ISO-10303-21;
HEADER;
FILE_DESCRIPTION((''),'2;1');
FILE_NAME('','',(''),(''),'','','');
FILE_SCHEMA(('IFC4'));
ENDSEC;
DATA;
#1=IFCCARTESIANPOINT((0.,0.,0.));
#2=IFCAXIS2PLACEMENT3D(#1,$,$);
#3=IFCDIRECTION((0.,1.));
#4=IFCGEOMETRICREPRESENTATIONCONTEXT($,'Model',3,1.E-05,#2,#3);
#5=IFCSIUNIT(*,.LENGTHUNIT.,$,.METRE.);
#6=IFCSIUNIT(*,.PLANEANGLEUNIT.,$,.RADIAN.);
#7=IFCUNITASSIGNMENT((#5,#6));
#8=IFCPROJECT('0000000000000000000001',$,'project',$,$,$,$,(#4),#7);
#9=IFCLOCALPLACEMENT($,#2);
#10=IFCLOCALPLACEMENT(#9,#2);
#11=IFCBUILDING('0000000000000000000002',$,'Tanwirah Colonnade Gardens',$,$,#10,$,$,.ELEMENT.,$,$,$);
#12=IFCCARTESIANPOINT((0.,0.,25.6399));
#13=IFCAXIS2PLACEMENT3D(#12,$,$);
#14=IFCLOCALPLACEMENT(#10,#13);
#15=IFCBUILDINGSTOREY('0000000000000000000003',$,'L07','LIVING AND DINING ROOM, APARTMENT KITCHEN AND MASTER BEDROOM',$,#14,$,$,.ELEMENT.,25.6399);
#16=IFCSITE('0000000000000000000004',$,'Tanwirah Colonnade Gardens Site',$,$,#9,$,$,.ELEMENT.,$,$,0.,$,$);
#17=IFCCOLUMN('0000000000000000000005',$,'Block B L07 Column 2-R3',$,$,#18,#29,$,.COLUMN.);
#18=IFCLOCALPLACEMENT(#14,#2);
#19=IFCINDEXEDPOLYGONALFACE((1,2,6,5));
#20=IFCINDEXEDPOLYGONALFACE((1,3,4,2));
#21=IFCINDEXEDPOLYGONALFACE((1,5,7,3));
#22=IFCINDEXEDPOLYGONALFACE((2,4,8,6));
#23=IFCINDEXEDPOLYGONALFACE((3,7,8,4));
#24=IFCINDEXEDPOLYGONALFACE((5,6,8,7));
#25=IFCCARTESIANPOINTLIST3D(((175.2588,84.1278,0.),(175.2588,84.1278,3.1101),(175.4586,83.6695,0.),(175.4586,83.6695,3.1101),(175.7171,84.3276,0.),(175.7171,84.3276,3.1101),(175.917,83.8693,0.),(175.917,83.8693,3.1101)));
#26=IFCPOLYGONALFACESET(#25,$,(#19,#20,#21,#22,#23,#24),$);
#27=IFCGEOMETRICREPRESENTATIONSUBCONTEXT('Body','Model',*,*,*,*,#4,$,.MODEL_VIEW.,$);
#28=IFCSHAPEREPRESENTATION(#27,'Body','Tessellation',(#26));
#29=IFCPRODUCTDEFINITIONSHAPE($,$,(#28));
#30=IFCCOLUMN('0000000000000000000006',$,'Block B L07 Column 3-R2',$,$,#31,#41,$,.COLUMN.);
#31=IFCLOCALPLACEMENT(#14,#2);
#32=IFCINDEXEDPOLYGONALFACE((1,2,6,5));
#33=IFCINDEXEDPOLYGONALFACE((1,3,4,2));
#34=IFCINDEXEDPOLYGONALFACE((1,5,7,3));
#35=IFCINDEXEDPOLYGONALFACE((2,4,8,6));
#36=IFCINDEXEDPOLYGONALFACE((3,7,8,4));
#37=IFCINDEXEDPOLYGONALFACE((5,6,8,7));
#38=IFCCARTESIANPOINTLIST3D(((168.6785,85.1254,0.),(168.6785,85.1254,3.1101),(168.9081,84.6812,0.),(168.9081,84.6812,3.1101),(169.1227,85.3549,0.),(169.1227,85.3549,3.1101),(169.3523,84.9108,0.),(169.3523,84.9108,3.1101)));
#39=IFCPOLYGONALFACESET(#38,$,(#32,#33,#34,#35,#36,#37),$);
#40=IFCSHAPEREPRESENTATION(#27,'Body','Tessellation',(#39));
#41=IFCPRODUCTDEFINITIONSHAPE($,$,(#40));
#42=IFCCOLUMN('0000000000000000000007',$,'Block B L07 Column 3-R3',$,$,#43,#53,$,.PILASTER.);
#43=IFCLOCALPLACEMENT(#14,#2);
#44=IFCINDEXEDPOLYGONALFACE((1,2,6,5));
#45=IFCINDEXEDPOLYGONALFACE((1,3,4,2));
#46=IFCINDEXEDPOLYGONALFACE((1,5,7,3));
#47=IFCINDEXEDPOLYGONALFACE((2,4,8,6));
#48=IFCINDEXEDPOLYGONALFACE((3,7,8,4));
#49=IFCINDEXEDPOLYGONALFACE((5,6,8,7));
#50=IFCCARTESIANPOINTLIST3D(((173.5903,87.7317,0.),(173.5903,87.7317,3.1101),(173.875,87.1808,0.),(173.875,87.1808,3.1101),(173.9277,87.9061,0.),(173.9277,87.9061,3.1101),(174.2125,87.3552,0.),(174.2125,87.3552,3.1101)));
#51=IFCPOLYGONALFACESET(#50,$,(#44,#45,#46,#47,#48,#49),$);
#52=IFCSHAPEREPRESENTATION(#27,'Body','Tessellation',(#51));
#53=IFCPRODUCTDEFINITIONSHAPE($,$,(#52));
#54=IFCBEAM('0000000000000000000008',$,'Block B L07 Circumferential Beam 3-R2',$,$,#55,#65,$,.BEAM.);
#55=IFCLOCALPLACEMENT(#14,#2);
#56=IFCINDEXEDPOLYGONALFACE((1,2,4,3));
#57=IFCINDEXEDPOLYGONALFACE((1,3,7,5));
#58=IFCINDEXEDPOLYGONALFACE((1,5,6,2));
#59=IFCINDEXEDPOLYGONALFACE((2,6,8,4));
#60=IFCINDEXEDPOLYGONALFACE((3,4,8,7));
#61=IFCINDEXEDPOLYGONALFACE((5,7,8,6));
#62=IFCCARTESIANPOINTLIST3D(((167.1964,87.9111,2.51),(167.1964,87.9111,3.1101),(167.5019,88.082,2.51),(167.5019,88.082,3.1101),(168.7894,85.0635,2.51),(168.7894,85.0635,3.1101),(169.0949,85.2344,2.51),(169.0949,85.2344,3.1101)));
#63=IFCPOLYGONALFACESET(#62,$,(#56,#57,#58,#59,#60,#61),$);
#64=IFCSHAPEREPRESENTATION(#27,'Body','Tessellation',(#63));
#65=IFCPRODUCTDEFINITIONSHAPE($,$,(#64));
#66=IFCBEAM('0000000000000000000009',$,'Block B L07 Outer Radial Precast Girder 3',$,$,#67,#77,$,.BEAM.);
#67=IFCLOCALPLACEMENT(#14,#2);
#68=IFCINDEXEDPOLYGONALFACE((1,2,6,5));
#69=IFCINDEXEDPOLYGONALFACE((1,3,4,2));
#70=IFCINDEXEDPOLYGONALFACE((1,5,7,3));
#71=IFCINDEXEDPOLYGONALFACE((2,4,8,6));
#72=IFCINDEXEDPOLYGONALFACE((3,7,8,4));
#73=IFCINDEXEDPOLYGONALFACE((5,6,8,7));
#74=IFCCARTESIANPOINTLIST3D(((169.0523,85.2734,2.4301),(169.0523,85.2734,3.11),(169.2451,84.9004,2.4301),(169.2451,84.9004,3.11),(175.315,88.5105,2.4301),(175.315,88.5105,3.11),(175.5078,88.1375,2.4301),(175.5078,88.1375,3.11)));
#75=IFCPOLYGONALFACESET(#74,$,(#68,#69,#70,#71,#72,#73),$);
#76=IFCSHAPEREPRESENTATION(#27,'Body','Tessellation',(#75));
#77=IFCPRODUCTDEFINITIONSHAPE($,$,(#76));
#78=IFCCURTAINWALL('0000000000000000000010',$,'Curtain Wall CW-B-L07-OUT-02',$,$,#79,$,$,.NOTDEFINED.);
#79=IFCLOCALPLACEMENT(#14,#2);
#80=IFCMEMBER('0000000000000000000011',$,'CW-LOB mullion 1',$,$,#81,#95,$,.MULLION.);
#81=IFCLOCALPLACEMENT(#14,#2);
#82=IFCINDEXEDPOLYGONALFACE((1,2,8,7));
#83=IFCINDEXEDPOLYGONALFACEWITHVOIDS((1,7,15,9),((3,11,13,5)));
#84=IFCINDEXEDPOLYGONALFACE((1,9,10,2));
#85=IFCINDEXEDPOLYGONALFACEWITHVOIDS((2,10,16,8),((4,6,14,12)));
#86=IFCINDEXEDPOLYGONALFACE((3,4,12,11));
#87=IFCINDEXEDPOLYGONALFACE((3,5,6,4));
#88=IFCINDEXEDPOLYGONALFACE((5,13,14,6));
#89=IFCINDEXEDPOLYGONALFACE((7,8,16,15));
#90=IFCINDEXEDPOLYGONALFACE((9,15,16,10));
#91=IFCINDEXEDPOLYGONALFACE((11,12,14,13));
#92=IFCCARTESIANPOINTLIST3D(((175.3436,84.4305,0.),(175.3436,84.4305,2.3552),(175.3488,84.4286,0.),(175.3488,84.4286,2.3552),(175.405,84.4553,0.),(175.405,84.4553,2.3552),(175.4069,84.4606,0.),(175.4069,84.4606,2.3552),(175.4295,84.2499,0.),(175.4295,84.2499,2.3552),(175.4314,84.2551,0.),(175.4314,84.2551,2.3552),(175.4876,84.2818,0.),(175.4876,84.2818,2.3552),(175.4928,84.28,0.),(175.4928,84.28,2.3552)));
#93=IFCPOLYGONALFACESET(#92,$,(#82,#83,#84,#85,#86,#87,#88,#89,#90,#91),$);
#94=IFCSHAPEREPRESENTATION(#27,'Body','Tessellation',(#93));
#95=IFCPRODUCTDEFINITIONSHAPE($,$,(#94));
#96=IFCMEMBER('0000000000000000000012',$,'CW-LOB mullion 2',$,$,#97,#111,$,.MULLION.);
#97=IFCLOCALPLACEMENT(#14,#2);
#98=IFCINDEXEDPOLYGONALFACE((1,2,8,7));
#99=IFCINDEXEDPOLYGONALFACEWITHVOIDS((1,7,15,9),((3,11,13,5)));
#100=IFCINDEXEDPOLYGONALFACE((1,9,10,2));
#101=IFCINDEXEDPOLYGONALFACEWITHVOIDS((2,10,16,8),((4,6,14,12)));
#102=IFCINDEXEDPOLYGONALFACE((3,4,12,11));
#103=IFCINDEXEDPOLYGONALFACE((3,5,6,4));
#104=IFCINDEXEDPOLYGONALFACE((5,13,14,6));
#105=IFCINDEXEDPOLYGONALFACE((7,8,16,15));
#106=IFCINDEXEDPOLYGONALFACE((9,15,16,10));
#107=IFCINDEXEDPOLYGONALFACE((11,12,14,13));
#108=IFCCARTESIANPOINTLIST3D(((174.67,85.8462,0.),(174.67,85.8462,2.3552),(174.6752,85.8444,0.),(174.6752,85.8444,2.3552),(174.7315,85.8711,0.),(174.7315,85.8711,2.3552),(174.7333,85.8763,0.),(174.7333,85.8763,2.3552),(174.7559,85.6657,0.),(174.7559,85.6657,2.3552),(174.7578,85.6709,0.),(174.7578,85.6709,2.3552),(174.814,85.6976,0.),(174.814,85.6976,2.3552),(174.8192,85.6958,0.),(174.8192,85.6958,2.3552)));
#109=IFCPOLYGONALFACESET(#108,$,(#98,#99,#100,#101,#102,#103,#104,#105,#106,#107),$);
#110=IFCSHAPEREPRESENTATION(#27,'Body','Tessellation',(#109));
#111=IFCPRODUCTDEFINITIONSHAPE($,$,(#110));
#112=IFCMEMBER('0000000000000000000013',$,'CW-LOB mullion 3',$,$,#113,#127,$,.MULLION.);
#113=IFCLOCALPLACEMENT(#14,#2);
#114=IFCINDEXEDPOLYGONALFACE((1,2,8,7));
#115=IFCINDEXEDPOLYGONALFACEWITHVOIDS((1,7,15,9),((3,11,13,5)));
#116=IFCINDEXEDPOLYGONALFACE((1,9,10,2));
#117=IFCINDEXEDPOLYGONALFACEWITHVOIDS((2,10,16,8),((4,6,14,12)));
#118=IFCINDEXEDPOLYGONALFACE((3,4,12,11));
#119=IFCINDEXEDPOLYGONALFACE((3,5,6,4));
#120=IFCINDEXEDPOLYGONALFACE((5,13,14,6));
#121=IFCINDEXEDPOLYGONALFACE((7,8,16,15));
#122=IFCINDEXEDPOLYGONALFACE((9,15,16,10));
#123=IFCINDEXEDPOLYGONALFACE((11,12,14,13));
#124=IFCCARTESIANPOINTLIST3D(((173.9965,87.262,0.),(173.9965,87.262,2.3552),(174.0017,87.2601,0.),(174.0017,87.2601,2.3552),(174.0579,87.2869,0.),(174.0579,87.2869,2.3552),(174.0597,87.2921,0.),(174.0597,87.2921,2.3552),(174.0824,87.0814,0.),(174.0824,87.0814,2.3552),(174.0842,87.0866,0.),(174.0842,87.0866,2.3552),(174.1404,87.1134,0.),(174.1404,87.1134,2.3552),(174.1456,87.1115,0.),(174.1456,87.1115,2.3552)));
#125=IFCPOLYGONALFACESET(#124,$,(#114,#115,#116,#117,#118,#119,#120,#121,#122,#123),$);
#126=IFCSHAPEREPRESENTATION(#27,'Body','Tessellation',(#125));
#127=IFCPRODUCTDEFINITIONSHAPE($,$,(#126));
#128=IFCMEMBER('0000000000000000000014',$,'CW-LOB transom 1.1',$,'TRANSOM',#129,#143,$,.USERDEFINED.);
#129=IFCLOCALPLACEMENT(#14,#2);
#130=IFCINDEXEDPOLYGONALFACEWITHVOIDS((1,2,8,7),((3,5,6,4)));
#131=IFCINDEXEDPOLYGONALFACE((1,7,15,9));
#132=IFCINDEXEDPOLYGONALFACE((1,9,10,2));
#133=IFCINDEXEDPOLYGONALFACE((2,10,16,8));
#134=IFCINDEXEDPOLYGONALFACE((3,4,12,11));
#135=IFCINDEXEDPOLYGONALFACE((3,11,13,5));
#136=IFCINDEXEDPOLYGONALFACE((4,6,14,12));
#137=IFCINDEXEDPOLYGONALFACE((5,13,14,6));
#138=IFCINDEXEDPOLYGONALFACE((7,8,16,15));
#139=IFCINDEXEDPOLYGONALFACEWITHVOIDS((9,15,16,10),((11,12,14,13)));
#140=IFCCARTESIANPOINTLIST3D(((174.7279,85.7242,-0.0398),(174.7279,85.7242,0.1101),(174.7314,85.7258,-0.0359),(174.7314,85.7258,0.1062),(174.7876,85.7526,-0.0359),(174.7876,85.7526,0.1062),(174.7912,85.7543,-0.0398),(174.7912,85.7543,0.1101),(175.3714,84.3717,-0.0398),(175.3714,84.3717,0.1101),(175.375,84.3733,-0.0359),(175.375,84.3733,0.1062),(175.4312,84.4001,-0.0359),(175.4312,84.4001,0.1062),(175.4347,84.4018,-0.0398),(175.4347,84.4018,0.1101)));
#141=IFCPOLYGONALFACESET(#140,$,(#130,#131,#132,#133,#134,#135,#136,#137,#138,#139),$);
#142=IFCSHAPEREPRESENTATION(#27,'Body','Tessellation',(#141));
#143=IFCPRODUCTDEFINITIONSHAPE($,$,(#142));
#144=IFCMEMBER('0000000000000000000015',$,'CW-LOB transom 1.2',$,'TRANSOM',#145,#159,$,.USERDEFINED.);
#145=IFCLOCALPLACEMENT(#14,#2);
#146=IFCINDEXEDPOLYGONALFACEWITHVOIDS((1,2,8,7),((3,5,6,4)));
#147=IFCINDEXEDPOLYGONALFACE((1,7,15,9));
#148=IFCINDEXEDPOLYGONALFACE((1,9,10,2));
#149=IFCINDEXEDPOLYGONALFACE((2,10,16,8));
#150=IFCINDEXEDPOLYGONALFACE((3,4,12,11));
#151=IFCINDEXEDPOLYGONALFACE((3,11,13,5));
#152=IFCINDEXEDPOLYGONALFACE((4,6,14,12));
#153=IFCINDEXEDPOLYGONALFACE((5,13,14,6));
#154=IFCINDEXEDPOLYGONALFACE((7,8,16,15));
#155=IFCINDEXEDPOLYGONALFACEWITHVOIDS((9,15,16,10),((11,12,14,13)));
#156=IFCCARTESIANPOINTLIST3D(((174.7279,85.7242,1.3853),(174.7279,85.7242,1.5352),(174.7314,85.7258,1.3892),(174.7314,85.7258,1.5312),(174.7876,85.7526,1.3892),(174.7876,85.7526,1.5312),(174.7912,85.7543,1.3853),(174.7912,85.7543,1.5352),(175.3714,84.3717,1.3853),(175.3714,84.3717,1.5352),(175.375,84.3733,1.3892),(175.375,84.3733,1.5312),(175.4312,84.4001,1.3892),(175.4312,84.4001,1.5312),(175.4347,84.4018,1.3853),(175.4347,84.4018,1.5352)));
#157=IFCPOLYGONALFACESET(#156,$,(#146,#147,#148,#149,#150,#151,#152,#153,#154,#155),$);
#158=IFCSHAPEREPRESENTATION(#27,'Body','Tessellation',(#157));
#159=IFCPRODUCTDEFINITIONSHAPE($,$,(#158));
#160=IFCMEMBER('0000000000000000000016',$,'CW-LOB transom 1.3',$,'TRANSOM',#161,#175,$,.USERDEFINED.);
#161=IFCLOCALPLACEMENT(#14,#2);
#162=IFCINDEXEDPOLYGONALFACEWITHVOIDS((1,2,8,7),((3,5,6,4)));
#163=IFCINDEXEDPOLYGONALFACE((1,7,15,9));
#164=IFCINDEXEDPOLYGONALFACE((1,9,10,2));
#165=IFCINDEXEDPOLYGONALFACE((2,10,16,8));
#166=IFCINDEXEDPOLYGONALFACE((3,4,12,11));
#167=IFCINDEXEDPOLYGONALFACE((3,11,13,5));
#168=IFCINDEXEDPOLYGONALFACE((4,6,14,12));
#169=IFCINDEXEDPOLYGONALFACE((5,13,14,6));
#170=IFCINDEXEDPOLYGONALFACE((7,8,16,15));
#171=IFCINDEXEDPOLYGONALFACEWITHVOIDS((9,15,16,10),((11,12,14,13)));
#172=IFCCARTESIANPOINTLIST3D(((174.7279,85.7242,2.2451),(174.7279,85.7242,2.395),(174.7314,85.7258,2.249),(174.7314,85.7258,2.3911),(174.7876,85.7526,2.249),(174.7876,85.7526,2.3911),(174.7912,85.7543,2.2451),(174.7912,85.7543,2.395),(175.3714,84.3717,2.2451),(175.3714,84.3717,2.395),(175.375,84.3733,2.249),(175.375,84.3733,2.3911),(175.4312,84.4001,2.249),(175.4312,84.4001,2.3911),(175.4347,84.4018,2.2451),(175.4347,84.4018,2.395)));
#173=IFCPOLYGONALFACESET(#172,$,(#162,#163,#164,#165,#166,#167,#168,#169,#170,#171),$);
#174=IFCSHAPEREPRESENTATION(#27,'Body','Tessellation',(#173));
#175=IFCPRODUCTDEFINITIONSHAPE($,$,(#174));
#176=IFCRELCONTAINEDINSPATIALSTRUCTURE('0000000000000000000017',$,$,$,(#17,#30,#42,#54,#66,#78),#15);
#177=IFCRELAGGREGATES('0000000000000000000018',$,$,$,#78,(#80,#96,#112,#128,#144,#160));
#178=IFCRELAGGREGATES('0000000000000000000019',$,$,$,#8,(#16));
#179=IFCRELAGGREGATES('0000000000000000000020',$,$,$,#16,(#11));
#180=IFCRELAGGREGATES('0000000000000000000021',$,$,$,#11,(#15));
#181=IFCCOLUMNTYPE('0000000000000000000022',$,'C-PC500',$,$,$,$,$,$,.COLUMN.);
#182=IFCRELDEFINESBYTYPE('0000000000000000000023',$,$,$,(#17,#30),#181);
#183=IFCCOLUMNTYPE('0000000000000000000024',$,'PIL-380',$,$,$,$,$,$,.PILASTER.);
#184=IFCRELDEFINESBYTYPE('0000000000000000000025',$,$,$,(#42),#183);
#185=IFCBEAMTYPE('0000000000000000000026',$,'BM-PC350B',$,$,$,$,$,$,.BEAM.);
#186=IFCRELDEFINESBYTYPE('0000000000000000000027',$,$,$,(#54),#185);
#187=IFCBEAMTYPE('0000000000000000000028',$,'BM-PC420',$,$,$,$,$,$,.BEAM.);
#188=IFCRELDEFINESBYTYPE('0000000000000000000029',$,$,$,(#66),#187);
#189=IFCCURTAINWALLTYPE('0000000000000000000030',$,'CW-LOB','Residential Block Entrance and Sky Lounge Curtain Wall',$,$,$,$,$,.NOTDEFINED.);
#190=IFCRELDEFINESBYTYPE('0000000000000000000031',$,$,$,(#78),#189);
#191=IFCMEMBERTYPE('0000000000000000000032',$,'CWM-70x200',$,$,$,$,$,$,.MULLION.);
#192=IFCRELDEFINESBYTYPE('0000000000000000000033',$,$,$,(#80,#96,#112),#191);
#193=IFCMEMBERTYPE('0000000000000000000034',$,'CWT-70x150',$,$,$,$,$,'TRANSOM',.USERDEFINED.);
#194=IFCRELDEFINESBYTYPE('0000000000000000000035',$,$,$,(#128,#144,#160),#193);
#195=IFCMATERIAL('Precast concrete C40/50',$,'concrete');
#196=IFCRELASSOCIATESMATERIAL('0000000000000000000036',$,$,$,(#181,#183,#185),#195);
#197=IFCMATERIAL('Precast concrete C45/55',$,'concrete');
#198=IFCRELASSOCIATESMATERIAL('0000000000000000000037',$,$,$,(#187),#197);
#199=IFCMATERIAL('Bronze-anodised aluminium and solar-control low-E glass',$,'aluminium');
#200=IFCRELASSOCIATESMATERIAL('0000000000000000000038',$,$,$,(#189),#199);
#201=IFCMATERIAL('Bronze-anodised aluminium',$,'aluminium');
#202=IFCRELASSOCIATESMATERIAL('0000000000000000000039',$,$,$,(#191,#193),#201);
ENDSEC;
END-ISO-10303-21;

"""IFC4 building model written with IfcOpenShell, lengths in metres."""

from ifc_helpers import new_model, si_unit, direction, frame, origin, origin_2d, place, context, subcontext, project, spatial, rectangle, hollow_rectangle, extrude, material, material_profile, profile_set, type_object, element, aggregate, save


model = new_model("IFC4")

# Units and contexts
model_context = context("Model", 3, precision=1e-05, world=origin(), true_north=direction((0.0, 1.0)))
body_context = subcontext(model_context, "Body", "Model", "MODEL_VIEW")
ifc_project = project(units=[si_unit("LENGTHUNIT", "METRE"), si_unit("PLANEANGLEUNIT", "RADIAN")], contexts=[model_context])

# Site, building, storey
site_placement = place(None, origin())
site = spatial("IfcSite", under=ifc_project, at=site_placement, Name="Tanwirah Colonnade Gardens Site", CompositionType="ELEMENT", RefElevation=0.0)
building_placement = place(site_placement, origin())
building = spatial("IfcBuilding", under=site, at=building_placement, Name="Tanwirah Colonnade Gardens", CompositionType="ELEMENT")
storey_placement = place(building_placement, frame((0.0, 0.0, 25.6399)))
storey = spatial("IfcBuildingStorey", under=building, at=storey_placement, Name="L07", Description="LIVING AND DINING ROOM, APARTMENT KITCHEN AND MASTER BEDROOM", CompositionType="ELEMENT", Elevation=25.6399)

# Columns
ifc_material_1 = material(Name="Precast concrete C40/50", Category="concrete")
ifc_material_profile_1 = material_profile(ifc_material_1, rectangle(XDim=0.5, YDim=0.5, at=origin_2d()), Name="PC-COL 500x500")
ifc_profile_set_1 = profile_set([ifc_material_profile_1], Name="Precast concrete C40/50")
column_type_1 = type_object("IfcColumnType", Name="C-PC500", PredefinedType="COLUMN", material=ifc_profile_set_1)
for number, where, z_axis, x_axis, name in (
    (1, (175.5879, 83.9985, 0.0), (0.0, 0.0, 1.0), (0.916673, 0.399638, 0.0), "Block B L07 Column 2-R3"),
    (2, (169.0154, 85.0181, 0.0), (0.0, 0.0, 1.0), (0.88835, 0.459166, 0.0), "Block B L07 Column 3-R2"),
):
    element("IfcColumn", number, at=place(storey_placement, frame(where, z_axis=z_axis, x_axis=x_axis)), inside=storey, type_object=column_type_1, Name=name, PredefinedType="COLUMN", context=body_context, shape_type="SweptSolid", body=[
        extrude(rectangle(XDim=0.5, YDim=0.5, at=origin_2d()), origin(), (0.0, 0.0, 1.0), 3.1101),
    ])
ifc_material_profile_2 = material_profile(ifc_material_1, rectangle(XDim=0.3799, YDim=0.6201, at=origin_2d()), Name="PC-PIL 380x620")
ifc_profile_set_2 = profile_set([ifc_material_profile_2], Name="Precast concrete C40/50")
column_type_2 = type_object("IfcColumnType", Name="PIL-380", PredefinedType="PILASTER", material=ifc_profile_set_2)
column_placement = place(storey_placement, frame((173.9014, 87.5435, 0.0), z_axis=(0.0, 0.0, 1.0), x_axis=(0.88835, 0.459166, 0.0)))
element("IfcColumn", 3, at=column_placement, inside=storey, type_object=column_type_2, Name="Block B L07 Column 3-R3", PredefinedType="PILASTER", context=body_context, shape_type="SweptSolid", body=[
    extrude(rectangle(XDim=0.3799, YDim=0.6201, at=origin_2d()), origin(), (0.0, 0.0, 1.0), 3.1101),
])

# Beams
ifc_material_profile_3 = material_profile(ifc_material_1, rectangle(XDim=0.3501, YDim=0.6001, at=origin_2d()), Name="PC-BM 350x600")
ifc_profile_set_3 = profile_set([ifc_material_profile_3], Name="Precast concrete C40/50")
beam_type_1 = type_object("IfcBeamType", Name="BM-PC350B", PredefinedType="BEAM", material=ifc_profile_set_3)
beam_1_placement = place(storey_placement, frame((168.9421, 85.1489, 2.8101), z_axis=(-0.488214, 0.872724, 0.0), x_axis=(-0.872724, -0.488214, 0.0)))
element("IfcBeam", 4, at=beam_1_placement, inside=storey, type_object=beam_type_1, Name="Block B L07 Circumferential Beam 3-R2", PredefinedType="BEAM", context=body_context, shape_type="SweptSolid", body=[
    extrude(rectangle(XDim=0.3501, YDim=0.6001, at=origin_2d()), origin(), (0.0, 0.0, 1.0), 3.2629),
])
ifc_material_2 = material(Name="Precast concrete C45/55", Category="concrete")
ifc_material_profile_4 = material_profile(ifc_material_2, rectangle(XDim=0.4199, YDim=0.6799, at=origin_2d()), Name="PC-BM 420x680")
ifc_profile_set_4 = profile_set([ifc_material_profile_4], Name="Precast concrete C45/55")
beam_type_2 = type_object("IfcBeamType", Name="BM-PC420", PredefinedType="BEAM", material=ifc_profile_set_4)
beam_2_placement = place(storey_placement, frame((169.1487, 85.0869, 2.77), z_axis=(0.888349, 0.459169, 0.0), x_axis=(-0.459169, 0.888349, 0.0)))
element("IfcBeam", 5, at=beam_2_placement, inside=storey, type_object=beam_type_2, Name="Block B L07 Outer Radial Precast Girder 3", PredefinedType="BEAM", context=body_context, shape_type="SweptSolid", body=[
    extrude(rectangle(XDim=0.4199, YDim=0.6799, at=origin_2d()), origin(), (0.0, 0.0, 1.0), 7.0498),
])

# Curtain wall, members
ifc_material_3 = material(Name="Bronze-anodised aluminium and solar-control low-E glass", Category="aluminium")
curtain_wall_type = type_object("IfcCurtainWallType", Name="CW-LOB", Description="Residential Block Entrance and Sky Lounge Curtain Wall", PredefinedType="NOTDEFINED", material=ifc_material_3)
curtain_wall_placement = place(storey_placement, origin())
curtain_wall = element("IfcCurtainWall", 6, at=curtain_wall_placement, inside=storey, type_object=curtain_wall_type, Name="Curtain Wall CW-B-L07-OUT-02", PredefinedType="NOTDEFINED")
ifc_material_4 = material(Name="Bronze-anodised aluminium", Category="aluminium")
ifc_material_profile_5 = material_profile(ifc_material_4, hollow_rectangle(XDim=0.0701, YDim=0.2, WallThickness=0.0039, at=origin_2d()), Name="CW-MUL 70x200x4")
ifc_profile_set_5 = profile_set([ifc_material_profile_5], Name="Bronze-anodised aluminium")
member_type_1 = type_object("IfcMemberType", Name="CWM-70x200", PredefinedType="MULLION", material=ifc_profile_set_5)
member_1_placement = place(storey_placement, frame((175.4182, 84.3552, 0.0), z_axis=(0.0, 0.0, 1.0), x_axis=(-0.903002, -0.429635, 0.0)))
member_1 = element("IfcMember", 7, at=member_1_placement, type_object=member_type_1, Name="CW-LOB mullion 1", PredefinedType="MULLION", context=body_context, shape_type="SweptSolid", body=[
    extrude(hollow_rectangle(XDim=0.0701, YDim=0.2, WallThickness=0.0039, at=origin_2d()), origin(), (0.0, 0.0, 1.0), 2.3552),
])
member_2_placement = place(storey_placement, frame((174.7446, 85.771, 0.0), z_axis=(0.0, 0.0, 1.0), x_axis=(-0.903002, -0.429635, 0.0)))
member_2 = element("IfcMember", 8, at=member_2_placement, type_object=member_type_1, Name="CW-LOB mullion 2", PredefinedType="MULLION", context=body_context, shape_type="SweptSolid", body=[
    extrude(hollow_rectangle(XDim=0.0701, YDim=0.2, WallThickness=0.0039, at=origin_2d()), origin(), (0.0, 0.0, 1.0), 2.3552),
])
member_3_placement = place(storey_placement, frame((174.071, 87.1868, 0.0), z_axis=(0.0, 0.0, 1.0), x_axis=(-0.903002, -0.429635, 0.0)))
member_3 = element("IfcMember", 9, at=member_3_placement, type_object=member_type_1, Name="CW-LOB mullion 3", PredefinedType="MULLION", context=body_context, shape_type="SweptSolid", body=[
    extrude(hollow_rectangle(XDim=0.0701, YDim=0.2, WallThickness=0.0039, at=origin_2d()), origin(), (0.0, 0.0, 1.0), 2.3552),
])
ifc_material_profile_6 = material_profile(ifc_material_4, hollow_rectangle(XDim=0.0701, YDim=0.1499, WallThickness=0.0039, at=origin_2d()), Name="CW-TRN 70x150x4")
ifc_profile_set_6 = profile_set([ifc_material_profile_6], Name="Bronze-anodised aluminium")
member_type_2 = type_object("IfcMemberType", Name="CWT-70x150", ElementType="TRANSOM", PredefinedType="USERDEFINED", material=ifc_profile_set_6)
member_4_placement = place(storey_placement, frame((175.4031, 84.3867, 0.0352), z_axis=(-0.429655, 0.902993, 0.0), x_axis=(-0.902993, -0.429655, 0.0)))
member_4 = element("IfcMember", 10, at=member_4_placement, type_object=member_type_2, Name="CW-LOB transom 1.1", ObjectType="TRANSOM", PredefinedType="USERDEFINED", context=body_context, shape_type="SweptSolid", body=[
    extrude(hollow_rectangle(XDim=0.0701, YDim=0.1499, WallThickness=0.0039, at=origin_2d()), origin(), (0.0, 0.0, 1.0), 1.4978),
])
member_5_placement = place(storey_placement, frame((175.4031, 84.3867, 1.4602), z_axis=(-0.429655, 0.902993, 0.0), x_axis=(-0.902993, -0.429655, 0.0)))
member_5 = element("IfcMember", 11, at=member_5_placement, type_object=member_type_2, Name="CW-LOB transom 1.2", ObjectType="TRANSOM", PredefinedType="USERDEFINED", context=body_context, shape_type="SweptSolid", body=[
    extrude(hollow_rectangle(XDim=0.0701, YDim=0.1499, WallThickness=0.0039, at=origin_2d()), origin(), (0.0, 0.0, 1.0), 1.4978),
])
member_6_placement = place(storey_placement, frame((175.4031, 84.3867, 2.3201), z_axis=(-0.429655, 0.902993, 0.0), x_axis=(-0.902993, -0.429655, 0.0)))
member_6 = element("IfcMember", 12, at=member_6_placement, type_object=member_type_2, Name="CW-LOB transom 1.3", ObjectType="TRANSOM", PredefinedType="USERDEFINED", context=body_context, shape_type="SweptSolid", body=[
    extrude(hollow_rectangle(XDim=0.0701, YDim=0.1499, WallThickness=0.0039, at=origin_2d()), origin(), (0.0, 0.0, 1.0), 1.4978),
])

aggregate(curtain_wall, [member_1, member_2, member_3, member_4, member_5, member_6])

save(model, "model.ifc")
